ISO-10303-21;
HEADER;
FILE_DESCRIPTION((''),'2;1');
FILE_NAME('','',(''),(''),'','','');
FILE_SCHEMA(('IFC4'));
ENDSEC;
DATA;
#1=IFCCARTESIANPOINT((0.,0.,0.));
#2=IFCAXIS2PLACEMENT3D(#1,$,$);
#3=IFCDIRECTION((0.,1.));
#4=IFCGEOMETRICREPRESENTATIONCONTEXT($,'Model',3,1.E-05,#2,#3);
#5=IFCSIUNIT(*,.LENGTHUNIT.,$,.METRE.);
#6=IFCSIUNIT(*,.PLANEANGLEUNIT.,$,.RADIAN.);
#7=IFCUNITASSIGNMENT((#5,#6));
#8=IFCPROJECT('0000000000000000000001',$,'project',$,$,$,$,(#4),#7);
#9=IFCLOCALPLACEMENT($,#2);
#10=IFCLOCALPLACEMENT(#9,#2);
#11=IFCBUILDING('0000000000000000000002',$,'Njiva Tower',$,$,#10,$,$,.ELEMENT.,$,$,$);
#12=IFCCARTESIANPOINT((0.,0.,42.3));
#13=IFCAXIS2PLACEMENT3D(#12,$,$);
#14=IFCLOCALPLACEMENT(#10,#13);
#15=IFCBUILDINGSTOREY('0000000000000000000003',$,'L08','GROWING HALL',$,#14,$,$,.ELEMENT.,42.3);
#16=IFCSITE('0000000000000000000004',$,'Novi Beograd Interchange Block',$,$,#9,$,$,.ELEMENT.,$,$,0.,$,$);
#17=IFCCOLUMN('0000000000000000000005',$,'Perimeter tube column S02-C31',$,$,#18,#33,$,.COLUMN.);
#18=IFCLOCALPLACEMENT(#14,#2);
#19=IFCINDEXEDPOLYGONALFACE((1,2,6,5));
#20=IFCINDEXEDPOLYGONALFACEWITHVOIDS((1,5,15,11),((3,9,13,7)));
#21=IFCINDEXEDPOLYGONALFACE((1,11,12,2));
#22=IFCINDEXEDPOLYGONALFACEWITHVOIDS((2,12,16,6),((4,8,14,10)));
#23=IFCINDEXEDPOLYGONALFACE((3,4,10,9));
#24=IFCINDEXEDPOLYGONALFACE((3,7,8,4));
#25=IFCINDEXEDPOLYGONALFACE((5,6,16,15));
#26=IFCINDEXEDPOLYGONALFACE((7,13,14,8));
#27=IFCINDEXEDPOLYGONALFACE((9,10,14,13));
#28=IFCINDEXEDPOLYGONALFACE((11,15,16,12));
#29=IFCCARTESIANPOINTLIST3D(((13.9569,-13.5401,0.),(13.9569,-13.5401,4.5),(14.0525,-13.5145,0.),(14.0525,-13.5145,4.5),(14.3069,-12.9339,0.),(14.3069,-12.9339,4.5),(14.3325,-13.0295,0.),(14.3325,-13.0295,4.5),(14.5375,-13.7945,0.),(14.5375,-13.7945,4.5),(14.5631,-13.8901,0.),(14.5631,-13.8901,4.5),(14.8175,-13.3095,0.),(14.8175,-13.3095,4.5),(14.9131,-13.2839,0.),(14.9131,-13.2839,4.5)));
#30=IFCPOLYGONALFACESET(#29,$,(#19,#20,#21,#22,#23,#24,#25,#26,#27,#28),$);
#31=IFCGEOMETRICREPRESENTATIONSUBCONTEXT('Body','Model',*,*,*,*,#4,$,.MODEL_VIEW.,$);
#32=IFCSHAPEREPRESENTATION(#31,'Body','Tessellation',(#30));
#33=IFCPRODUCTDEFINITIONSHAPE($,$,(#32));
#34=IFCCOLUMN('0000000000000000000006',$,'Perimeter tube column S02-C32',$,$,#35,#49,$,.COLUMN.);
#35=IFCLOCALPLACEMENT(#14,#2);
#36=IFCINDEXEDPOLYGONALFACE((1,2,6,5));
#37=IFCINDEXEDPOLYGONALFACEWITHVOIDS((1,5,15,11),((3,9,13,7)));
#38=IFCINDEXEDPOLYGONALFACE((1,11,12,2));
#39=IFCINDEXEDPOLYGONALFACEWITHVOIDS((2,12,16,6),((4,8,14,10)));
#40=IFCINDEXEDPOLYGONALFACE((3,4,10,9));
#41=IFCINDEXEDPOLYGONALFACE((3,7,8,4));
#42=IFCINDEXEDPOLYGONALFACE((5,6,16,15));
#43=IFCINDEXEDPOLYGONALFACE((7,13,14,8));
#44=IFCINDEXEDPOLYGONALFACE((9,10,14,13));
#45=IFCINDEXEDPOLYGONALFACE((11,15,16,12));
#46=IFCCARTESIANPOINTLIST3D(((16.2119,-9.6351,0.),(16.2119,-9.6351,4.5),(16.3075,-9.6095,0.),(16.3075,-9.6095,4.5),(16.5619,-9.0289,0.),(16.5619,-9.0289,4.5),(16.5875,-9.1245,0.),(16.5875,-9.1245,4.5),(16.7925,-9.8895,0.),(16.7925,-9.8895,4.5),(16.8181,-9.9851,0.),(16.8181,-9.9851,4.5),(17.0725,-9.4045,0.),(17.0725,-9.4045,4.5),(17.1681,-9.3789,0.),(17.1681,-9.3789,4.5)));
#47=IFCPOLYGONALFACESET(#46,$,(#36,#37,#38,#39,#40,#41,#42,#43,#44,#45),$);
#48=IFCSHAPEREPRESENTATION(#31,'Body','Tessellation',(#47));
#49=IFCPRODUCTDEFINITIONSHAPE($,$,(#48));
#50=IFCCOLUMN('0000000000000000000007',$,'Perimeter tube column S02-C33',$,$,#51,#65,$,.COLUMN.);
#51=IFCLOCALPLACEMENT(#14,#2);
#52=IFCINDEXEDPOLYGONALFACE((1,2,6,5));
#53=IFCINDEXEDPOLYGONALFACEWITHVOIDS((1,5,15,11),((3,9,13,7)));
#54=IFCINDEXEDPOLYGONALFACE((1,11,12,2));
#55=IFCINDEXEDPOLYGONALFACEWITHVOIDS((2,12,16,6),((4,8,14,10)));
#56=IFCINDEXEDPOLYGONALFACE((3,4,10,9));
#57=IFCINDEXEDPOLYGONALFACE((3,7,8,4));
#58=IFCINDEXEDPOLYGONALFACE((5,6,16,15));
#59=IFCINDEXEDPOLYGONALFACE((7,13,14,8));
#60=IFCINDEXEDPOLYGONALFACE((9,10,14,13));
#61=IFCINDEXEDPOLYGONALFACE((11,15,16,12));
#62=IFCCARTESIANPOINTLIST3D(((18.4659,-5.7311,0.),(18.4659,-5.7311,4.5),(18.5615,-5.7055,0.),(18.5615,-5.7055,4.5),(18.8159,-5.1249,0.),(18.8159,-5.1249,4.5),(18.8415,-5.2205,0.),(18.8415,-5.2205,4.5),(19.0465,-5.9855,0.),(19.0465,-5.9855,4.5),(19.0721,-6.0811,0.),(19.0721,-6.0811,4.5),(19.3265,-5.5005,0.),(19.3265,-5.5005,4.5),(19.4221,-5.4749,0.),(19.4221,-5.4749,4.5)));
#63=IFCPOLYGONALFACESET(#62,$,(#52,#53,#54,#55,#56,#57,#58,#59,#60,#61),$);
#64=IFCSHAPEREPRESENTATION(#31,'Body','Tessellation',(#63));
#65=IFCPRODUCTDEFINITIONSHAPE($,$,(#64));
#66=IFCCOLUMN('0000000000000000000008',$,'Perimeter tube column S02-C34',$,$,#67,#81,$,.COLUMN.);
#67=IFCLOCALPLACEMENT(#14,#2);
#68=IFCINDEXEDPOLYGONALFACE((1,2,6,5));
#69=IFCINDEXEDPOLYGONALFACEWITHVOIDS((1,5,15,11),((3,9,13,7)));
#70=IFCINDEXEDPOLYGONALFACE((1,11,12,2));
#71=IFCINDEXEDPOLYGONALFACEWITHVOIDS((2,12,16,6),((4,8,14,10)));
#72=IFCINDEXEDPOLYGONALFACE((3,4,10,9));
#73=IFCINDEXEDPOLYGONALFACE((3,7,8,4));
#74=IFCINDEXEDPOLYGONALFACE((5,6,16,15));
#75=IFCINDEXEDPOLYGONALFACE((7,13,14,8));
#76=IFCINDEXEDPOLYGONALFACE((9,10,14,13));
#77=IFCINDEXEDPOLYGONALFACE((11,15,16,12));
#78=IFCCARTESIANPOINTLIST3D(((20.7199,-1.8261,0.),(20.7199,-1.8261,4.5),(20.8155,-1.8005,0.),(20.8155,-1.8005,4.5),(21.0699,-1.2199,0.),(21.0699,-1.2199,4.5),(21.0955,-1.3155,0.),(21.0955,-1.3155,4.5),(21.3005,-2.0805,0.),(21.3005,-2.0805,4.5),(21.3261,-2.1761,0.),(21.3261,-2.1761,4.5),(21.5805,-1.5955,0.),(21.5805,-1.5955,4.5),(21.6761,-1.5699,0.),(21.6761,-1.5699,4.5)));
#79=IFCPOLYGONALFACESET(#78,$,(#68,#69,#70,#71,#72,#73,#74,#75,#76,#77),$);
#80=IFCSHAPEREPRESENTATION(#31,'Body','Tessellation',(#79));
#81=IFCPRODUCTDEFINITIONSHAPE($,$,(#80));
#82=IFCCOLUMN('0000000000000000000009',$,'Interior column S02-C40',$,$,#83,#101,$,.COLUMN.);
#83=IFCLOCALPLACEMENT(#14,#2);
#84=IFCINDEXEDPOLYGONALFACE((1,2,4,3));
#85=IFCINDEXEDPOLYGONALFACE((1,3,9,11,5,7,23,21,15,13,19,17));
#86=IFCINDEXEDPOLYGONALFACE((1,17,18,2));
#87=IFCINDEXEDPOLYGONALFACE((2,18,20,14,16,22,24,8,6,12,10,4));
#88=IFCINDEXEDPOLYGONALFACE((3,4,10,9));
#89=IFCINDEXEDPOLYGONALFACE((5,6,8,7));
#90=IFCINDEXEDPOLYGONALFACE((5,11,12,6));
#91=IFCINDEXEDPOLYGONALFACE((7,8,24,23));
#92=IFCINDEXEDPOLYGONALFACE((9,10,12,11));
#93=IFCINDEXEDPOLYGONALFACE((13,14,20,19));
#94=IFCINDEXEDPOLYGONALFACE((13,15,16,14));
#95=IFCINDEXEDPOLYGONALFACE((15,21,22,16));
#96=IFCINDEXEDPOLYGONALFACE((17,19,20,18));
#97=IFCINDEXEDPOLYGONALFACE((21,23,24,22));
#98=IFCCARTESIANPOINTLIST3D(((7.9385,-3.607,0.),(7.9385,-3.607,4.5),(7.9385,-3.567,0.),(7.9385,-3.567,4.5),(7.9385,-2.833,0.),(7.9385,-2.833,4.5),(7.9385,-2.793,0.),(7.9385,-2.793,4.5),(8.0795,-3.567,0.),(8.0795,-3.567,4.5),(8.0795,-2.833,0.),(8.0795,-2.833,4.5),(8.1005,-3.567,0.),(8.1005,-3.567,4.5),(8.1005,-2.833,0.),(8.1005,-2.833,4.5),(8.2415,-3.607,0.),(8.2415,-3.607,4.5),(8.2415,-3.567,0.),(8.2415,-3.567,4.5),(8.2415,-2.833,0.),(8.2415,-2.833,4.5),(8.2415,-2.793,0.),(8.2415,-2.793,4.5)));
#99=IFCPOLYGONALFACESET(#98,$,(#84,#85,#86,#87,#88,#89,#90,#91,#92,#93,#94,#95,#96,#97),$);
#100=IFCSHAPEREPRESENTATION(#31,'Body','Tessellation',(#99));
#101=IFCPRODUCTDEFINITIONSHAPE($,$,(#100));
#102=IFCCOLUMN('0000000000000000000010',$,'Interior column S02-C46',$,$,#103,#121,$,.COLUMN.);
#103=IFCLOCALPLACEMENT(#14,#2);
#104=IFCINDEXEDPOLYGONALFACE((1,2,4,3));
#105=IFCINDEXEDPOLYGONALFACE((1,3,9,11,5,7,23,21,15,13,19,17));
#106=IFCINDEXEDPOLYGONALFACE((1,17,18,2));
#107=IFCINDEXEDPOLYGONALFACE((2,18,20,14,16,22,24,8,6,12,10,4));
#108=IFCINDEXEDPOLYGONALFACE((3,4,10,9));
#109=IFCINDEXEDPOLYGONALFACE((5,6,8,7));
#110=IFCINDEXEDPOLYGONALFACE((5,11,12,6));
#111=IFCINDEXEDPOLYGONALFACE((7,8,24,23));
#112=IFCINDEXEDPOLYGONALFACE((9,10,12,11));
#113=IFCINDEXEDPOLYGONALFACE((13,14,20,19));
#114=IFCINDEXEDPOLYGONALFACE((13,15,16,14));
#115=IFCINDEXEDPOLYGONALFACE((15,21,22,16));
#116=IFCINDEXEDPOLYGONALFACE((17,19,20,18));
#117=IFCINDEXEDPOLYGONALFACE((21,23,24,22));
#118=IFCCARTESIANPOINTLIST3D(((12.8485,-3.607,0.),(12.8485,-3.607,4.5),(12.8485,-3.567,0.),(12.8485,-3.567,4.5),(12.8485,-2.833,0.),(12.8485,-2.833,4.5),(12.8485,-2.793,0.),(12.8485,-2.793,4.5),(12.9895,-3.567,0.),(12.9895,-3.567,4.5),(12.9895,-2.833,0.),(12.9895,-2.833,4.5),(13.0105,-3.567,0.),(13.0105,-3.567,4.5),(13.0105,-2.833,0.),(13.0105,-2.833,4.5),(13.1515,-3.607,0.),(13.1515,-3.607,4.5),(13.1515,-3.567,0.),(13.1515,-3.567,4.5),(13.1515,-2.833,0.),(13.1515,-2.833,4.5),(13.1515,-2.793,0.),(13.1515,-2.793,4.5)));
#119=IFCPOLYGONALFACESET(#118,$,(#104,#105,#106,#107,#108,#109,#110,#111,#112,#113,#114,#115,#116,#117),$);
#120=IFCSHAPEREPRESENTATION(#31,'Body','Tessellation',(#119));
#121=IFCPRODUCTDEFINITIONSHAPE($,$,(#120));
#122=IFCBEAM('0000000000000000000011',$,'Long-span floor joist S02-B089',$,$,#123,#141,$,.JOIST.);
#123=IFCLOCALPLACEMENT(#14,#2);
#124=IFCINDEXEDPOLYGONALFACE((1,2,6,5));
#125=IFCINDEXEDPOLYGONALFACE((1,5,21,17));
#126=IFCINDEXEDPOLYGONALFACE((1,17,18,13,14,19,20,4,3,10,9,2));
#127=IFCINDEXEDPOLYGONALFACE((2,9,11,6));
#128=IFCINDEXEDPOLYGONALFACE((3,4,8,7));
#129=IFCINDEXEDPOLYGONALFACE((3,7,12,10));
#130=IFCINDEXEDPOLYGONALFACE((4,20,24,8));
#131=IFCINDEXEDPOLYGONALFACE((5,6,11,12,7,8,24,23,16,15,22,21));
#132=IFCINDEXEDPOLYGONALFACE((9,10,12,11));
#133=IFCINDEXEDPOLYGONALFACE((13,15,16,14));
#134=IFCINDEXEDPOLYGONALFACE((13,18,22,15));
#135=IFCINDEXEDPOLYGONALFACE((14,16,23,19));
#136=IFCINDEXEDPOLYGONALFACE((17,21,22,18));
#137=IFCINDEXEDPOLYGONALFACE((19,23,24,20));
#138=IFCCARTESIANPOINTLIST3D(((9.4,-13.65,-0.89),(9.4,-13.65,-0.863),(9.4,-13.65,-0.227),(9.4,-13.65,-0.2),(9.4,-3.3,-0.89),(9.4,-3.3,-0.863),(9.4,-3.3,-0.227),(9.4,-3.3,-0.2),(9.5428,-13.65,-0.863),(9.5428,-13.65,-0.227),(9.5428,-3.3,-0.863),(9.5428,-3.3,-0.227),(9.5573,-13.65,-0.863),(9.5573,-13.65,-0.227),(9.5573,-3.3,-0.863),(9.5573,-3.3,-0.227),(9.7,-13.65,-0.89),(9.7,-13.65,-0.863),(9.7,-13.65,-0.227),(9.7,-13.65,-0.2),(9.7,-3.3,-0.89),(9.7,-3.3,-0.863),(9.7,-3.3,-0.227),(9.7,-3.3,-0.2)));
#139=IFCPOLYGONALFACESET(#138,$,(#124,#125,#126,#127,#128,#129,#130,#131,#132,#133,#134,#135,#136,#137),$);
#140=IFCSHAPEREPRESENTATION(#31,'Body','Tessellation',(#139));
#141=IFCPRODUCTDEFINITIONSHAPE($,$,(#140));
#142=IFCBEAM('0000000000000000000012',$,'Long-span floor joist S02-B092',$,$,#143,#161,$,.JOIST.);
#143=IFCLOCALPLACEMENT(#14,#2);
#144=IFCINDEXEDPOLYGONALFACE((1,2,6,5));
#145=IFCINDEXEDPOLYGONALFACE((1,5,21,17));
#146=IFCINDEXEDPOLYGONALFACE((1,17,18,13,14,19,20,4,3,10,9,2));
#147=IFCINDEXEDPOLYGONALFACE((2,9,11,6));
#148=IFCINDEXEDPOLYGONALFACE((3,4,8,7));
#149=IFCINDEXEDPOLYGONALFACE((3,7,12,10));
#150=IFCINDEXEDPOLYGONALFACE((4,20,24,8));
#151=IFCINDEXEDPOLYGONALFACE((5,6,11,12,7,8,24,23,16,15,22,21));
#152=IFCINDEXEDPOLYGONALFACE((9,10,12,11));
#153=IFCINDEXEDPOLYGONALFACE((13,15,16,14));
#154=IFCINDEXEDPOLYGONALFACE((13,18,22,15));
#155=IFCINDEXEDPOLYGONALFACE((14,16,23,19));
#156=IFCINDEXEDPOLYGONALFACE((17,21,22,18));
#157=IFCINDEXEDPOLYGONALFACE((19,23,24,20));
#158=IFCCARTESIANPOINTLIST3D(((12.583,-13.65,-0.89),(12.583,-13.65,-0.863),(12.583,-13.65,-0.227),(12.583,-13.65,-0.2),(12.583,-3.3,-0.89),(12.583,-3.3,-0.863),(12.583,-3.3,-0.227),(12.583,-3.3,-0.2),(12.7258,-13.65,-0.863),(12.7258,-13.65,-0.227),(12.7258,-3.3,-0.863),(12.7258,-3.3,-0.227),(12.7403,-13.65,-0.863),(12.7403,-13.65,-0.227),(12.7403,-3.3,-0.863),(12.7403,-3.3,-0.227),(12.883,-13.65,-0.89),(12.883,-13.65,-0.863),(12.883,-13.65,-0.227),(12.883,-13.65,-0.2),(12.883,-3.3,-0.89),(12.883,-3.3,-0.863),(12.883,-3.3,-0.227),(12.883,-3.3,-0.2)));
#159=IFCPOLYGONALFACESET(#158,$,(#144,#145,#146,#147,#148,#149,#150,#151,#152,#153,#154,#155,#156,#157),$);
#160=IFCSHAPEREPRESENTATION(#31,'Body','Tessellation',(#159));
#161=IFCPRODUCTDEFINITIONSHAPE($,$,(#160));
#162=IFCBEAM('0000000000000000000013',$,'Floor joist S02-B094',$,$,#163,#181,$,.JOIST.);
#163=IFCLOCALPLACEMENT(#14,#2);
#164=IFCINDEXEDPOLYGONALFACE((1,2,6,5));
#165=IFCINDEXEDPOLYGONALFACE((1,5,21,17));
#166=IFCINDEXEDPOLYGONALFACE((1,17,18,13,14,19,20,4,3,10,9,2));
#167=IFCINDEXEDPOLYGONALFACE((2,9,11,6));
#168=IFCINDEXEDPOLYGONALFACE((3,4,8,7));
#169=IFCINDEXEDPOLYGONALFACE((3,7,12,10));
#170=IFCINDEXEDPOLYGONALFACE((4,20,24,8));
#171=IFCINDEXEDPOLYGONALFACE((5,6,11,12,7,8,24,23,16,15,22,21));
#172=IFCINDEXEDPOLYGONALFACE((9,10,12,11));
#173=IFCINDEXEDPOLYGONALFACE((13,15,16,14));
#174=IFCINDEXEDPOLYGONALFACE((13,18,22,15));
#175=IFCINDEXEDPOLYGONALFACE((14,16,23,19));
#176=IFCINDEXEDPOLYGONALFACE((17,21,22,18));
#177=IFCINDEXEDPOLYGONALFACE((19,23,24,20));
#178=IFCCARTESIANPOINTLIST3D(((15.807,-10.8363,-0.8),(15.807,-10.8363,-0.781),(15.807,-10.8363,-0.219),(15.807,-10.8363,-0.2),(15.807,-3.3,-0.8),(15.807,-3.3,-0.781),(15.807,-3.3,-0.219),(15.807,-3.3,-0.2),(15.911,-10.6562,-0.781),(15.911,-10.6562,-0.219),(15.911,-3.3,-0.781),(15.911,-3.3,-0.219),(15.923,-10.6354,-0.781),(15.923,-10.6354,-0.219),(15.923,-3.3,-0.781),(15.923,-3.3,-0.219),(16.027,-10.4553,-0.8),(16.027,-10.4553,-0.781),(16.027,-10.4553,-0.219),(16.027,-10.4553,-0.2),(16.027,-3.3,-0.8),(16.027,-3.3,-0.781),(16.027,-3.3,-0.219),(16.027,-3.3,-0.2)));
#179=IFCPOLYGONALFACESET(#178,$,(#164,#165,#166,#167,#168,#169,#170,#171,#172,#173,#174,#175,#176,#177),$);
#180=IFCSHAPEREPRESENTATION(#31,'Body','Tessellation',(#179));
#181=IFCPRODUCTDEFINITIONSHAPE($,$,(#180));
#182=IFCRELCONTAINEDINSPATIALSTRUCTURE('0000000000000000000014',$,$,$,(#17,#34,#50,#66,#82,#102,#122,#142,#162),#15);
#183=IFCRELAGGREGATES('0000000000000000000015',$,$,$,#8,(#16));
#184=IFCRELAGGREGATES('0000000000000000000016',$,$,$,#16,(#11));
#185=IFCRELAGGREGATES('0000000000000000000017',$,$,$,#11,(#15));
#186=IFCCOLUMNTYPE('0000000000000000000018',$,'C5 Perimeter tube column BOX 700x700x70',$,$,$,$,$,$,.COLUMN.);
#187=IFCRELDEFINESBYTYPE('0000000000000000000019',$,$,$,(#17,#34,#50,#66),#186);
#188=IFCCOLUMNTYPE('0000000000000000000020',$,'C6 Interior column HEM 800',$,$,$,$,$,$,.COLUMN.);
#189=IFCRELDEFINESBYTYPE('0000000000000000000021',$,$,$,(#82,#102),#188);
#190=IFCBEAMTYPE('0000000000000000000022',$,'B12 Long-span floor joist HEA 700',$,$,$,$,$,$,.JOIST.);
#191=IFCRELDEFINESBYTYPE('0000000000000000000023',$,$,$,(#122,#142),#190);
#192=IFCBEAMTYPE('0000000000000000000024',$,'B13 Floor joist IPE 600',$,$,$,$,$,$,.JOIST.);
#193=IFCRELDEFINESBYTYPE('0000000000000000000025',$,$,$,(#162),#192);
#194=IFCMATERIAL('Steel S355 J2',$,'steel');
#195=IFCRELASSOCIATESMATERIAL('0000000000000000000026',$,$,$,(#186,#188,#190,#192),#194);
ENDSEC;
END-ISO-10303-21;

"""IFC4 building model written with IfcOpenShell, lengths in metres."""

from ifc_helpers import new_model, si_unit, direction, frame, origin, origin_2d, place, context, subcontext, project, spatial, hollow_rectangle, i_section, extrude, clip, halfspace, material, material_profile, profile_set, type_object, element, save


model = new_model("IFC4")

# Units and contexts
model_context = context("Model", 3, precision=1e-05, world=origin(), true_north=direction((0.0, 1.0)))
body_context = subcontext(model_context, "Body", "Model", "MODEL_VIEW")
ifc_project = project(units=[si_unit("LENGTHUNIT", "METRE"), si_unit("PLANEANGLEUNIT", "RADIAN")], contexts=[model_context])

# Site, building, storey
site_placement = place(None, origin())
site = spatial("IfcSite", under=ifc_project, at=site_placement, Name="Novi Beograd Interchange Block", CompositionType="ELEMENT", RefElevation=0.0)
building_placement = place(site_placement, origin())
building = spatial("IfcBuilding", under=site, at=building_placement, Name="Njiva Tower", CompositionType="ELEMENT")
storey_placement = place(building_placement, frame((0.0, 0.0, 42.3)))
storey = spatial("IfcBuildingStorey", under=building, at=storey_placement, Name="L08", Description="GROWING HALL", CompositionType="ELEMENT", Elevation=42.3)

# Columns
ifc_material_1 = material(Name="Steel S355 J2", Category="steel")
ifc_material_profile_1 = material_profile(ifc_material_1, hollow_rectangle(XDim=0.7, YDim=0.7, WallThickness=0.07, at=origin_2d()), Name="BOX 700x700x70")
ifc_profile_set_1 = profile_set([ifc_material_profile_1], Name="Steel S355 J2")
column_type_1 = type_object("IfcColumnType", Name="C5 Perimeter tube column BOX 700x700x70", PredefinedType="COLUMN", material=ifc_profile_set_1)
for number, where, z_axis, x_axis, name in (
    (1, (14.435, -13.412, 0.0), (0.0, 0.0, 1.0), (0.5, 0.866025, 0.0), "Perimeter tube column S02-C31"),
    (2, (16.69, -9.507, 0.0), (0.0, 0.0, 1.0), (0.5, 0.866025, 0.0), "Perimeter tube column S02-C32"),
    (3, (18.944, -5.603, 0.0), (0.0, 0.0, 1.0), (0.5, 0.866025, 0.0), "Perimeter tube column S02-C33"),
    (4, (21.198, -1.698, 0.0), (0.0, 0.0, 1.0), (0.5, 0.866025, 0.0), "Perimeter tube column S02-C34"),
):
    element("IfcColumn", number, at=place(storey_placement, frame(where, z_axis=z_axis, x_axis=x_axis)), inside=storey, type_object=column_type_1, Name=name, PredefinedType="COLUMN", context=body_context, shape_type="SweptSolid", body=[
        extrude(hollow_rectangle(XDim=0.7, YDim=0.7, WallThickness=0.07, at=origin_2d()), origin(), (0.0, 0.0, 1.0), 4.5),
    ])
ifc_material_profile_2 = material_profile(ifc_material_1, i_section(OverallWidth=0.303, OverallDepth=0.814, WebThickness=0.021, FlangeThickness=0.04, at=origin_2d()), Name="HEM 800")
ifc_profile_set_2 = profile_set([ifc_material_profile_2], Name="Steel S355 J2")
column_type_2 = type_object("IfcColumnType", Name="C6 Interior column HEM 800", PredefinedType="COLUMN", material=ifc_profile_set_2)
for number, where, z_axis, x_axis, name in (
    (5, (8.09, -3.2, 0.0), (0.0, 0.0, 1.0), (1.0, 0.0, 0.0), "Interior column S02-C40"),
    (6, (13.0, -3.2, 0.0), (0.0, 0.0, 1.0), (1.0, 0.0, 0.0), "Interior column S02-C46"),
):
    element("IfcColumn", number, at=place(storey_placement, frame(where, z_axis=z_axis, x_axis=x_axis)), inside=storey, type_object=column_type_2, Name=name, PredefinedType="COLUMN", context=body_context, shape_type="SweptSolid", body=[
        extrude(i_section(OverallWidth=0.303, OverallDepth=0.814, WebThickness=0.021, FlangeThickness=0.04, at=origin_2d()), origin(), (0.0, 0.0, 1.0), 4.5),
    ])

# Beams
ifc_material_profile_3 = material_profile(ifc_material_1, i_section(OverallWidth=0.3, OverallDepth=0.69, WebThickness=0.0145, FlangeThickness=0.027, at=origin_2d()), Name="HEA 700")
ifc_profile_set_3 = profile_set([ifc_material_profile_3], Name="Steel S355 J2")
beam_type_1 = type_object("IfcBeamType", Name="B12 Long-span floor joist HEA 700", PredefinedType="JOIST", material=ifc_profile_set_3)
for number, where, z_axis, x_axis, name in (
    (7, (9.55, -3.3, -0.545), (0.0, -1.0, 0.0), (1.0, 0.0, 0.0), "Long-span floor joist S02-B089"),
    (8, (12.733, -3.3, -0.545), (0.0, -1.0, 0.0), (1.0, 0.0, 0.0), "Long-span floor joist S02-B092"),
):
    element("IfcBeam", number, at=place(storey_placement, frame(where, z_axis=z_axis, x_axis=x_axis)), inside=storey, type_object=beam_type_1, Name=name, PredefinedType="JOIST", context=body_context, shape_type="SweptSolid", body=[
        extrude(i_section(OverallWidth=0.3, OverallDepth=0.69, WebThickness=0.0145, FlangeThickness=0.027, at=origin_2d()), origin(), (0.0, 0.0, 1.0), 10.35),
    ])
ifc_material_profile_4 = material_profile(ifc_material_1, i_section(OverallWidth=0.22, OverallDepth=0.6, WebThickness=0.012, FlangeThickness=0.019, at=origin_2d()), Name="IPE 600")
ifc_profile_set_4 = profile_set([ifc_material_profile_4], Name="Steel S355 J2")
beam_type_2 = type_object("IfcBeamType", Name="B13 Floor joist IPE 600", PredefinedType="JOIST", material=ifc_profile_set_4)
beam_1_placement = place(storey_placement, frame((15.917, -3.3, -0.5), z_axis=(0.0, -1.0, 0.0), x_axis=(1.0, 0.0, 0.0)))
element("IfcBeam", 9, at=beam_1_placement, inside=storey, type_object=beam_type_2, Name="Floor joist S02-B094", PredefinedType="JOIST", context=body_context, shape_type="Clipping", body=[
    clip(extrude(i_section(OverallWidth=0.22, OverallDepth=0.6, WebThickness=0.012, FlangeThickness=0.019, at=origin_2d()), origin(), (0.0, 0.0, 1.0), 7.557), halfspace(frame((0.043, 0.0, 7.2713), z_axis=(0.866027, 0.0, 0.499998), x_axis=(0.0, 1.0, 0.0)), False)),
])

save(model, "model.ifc")
